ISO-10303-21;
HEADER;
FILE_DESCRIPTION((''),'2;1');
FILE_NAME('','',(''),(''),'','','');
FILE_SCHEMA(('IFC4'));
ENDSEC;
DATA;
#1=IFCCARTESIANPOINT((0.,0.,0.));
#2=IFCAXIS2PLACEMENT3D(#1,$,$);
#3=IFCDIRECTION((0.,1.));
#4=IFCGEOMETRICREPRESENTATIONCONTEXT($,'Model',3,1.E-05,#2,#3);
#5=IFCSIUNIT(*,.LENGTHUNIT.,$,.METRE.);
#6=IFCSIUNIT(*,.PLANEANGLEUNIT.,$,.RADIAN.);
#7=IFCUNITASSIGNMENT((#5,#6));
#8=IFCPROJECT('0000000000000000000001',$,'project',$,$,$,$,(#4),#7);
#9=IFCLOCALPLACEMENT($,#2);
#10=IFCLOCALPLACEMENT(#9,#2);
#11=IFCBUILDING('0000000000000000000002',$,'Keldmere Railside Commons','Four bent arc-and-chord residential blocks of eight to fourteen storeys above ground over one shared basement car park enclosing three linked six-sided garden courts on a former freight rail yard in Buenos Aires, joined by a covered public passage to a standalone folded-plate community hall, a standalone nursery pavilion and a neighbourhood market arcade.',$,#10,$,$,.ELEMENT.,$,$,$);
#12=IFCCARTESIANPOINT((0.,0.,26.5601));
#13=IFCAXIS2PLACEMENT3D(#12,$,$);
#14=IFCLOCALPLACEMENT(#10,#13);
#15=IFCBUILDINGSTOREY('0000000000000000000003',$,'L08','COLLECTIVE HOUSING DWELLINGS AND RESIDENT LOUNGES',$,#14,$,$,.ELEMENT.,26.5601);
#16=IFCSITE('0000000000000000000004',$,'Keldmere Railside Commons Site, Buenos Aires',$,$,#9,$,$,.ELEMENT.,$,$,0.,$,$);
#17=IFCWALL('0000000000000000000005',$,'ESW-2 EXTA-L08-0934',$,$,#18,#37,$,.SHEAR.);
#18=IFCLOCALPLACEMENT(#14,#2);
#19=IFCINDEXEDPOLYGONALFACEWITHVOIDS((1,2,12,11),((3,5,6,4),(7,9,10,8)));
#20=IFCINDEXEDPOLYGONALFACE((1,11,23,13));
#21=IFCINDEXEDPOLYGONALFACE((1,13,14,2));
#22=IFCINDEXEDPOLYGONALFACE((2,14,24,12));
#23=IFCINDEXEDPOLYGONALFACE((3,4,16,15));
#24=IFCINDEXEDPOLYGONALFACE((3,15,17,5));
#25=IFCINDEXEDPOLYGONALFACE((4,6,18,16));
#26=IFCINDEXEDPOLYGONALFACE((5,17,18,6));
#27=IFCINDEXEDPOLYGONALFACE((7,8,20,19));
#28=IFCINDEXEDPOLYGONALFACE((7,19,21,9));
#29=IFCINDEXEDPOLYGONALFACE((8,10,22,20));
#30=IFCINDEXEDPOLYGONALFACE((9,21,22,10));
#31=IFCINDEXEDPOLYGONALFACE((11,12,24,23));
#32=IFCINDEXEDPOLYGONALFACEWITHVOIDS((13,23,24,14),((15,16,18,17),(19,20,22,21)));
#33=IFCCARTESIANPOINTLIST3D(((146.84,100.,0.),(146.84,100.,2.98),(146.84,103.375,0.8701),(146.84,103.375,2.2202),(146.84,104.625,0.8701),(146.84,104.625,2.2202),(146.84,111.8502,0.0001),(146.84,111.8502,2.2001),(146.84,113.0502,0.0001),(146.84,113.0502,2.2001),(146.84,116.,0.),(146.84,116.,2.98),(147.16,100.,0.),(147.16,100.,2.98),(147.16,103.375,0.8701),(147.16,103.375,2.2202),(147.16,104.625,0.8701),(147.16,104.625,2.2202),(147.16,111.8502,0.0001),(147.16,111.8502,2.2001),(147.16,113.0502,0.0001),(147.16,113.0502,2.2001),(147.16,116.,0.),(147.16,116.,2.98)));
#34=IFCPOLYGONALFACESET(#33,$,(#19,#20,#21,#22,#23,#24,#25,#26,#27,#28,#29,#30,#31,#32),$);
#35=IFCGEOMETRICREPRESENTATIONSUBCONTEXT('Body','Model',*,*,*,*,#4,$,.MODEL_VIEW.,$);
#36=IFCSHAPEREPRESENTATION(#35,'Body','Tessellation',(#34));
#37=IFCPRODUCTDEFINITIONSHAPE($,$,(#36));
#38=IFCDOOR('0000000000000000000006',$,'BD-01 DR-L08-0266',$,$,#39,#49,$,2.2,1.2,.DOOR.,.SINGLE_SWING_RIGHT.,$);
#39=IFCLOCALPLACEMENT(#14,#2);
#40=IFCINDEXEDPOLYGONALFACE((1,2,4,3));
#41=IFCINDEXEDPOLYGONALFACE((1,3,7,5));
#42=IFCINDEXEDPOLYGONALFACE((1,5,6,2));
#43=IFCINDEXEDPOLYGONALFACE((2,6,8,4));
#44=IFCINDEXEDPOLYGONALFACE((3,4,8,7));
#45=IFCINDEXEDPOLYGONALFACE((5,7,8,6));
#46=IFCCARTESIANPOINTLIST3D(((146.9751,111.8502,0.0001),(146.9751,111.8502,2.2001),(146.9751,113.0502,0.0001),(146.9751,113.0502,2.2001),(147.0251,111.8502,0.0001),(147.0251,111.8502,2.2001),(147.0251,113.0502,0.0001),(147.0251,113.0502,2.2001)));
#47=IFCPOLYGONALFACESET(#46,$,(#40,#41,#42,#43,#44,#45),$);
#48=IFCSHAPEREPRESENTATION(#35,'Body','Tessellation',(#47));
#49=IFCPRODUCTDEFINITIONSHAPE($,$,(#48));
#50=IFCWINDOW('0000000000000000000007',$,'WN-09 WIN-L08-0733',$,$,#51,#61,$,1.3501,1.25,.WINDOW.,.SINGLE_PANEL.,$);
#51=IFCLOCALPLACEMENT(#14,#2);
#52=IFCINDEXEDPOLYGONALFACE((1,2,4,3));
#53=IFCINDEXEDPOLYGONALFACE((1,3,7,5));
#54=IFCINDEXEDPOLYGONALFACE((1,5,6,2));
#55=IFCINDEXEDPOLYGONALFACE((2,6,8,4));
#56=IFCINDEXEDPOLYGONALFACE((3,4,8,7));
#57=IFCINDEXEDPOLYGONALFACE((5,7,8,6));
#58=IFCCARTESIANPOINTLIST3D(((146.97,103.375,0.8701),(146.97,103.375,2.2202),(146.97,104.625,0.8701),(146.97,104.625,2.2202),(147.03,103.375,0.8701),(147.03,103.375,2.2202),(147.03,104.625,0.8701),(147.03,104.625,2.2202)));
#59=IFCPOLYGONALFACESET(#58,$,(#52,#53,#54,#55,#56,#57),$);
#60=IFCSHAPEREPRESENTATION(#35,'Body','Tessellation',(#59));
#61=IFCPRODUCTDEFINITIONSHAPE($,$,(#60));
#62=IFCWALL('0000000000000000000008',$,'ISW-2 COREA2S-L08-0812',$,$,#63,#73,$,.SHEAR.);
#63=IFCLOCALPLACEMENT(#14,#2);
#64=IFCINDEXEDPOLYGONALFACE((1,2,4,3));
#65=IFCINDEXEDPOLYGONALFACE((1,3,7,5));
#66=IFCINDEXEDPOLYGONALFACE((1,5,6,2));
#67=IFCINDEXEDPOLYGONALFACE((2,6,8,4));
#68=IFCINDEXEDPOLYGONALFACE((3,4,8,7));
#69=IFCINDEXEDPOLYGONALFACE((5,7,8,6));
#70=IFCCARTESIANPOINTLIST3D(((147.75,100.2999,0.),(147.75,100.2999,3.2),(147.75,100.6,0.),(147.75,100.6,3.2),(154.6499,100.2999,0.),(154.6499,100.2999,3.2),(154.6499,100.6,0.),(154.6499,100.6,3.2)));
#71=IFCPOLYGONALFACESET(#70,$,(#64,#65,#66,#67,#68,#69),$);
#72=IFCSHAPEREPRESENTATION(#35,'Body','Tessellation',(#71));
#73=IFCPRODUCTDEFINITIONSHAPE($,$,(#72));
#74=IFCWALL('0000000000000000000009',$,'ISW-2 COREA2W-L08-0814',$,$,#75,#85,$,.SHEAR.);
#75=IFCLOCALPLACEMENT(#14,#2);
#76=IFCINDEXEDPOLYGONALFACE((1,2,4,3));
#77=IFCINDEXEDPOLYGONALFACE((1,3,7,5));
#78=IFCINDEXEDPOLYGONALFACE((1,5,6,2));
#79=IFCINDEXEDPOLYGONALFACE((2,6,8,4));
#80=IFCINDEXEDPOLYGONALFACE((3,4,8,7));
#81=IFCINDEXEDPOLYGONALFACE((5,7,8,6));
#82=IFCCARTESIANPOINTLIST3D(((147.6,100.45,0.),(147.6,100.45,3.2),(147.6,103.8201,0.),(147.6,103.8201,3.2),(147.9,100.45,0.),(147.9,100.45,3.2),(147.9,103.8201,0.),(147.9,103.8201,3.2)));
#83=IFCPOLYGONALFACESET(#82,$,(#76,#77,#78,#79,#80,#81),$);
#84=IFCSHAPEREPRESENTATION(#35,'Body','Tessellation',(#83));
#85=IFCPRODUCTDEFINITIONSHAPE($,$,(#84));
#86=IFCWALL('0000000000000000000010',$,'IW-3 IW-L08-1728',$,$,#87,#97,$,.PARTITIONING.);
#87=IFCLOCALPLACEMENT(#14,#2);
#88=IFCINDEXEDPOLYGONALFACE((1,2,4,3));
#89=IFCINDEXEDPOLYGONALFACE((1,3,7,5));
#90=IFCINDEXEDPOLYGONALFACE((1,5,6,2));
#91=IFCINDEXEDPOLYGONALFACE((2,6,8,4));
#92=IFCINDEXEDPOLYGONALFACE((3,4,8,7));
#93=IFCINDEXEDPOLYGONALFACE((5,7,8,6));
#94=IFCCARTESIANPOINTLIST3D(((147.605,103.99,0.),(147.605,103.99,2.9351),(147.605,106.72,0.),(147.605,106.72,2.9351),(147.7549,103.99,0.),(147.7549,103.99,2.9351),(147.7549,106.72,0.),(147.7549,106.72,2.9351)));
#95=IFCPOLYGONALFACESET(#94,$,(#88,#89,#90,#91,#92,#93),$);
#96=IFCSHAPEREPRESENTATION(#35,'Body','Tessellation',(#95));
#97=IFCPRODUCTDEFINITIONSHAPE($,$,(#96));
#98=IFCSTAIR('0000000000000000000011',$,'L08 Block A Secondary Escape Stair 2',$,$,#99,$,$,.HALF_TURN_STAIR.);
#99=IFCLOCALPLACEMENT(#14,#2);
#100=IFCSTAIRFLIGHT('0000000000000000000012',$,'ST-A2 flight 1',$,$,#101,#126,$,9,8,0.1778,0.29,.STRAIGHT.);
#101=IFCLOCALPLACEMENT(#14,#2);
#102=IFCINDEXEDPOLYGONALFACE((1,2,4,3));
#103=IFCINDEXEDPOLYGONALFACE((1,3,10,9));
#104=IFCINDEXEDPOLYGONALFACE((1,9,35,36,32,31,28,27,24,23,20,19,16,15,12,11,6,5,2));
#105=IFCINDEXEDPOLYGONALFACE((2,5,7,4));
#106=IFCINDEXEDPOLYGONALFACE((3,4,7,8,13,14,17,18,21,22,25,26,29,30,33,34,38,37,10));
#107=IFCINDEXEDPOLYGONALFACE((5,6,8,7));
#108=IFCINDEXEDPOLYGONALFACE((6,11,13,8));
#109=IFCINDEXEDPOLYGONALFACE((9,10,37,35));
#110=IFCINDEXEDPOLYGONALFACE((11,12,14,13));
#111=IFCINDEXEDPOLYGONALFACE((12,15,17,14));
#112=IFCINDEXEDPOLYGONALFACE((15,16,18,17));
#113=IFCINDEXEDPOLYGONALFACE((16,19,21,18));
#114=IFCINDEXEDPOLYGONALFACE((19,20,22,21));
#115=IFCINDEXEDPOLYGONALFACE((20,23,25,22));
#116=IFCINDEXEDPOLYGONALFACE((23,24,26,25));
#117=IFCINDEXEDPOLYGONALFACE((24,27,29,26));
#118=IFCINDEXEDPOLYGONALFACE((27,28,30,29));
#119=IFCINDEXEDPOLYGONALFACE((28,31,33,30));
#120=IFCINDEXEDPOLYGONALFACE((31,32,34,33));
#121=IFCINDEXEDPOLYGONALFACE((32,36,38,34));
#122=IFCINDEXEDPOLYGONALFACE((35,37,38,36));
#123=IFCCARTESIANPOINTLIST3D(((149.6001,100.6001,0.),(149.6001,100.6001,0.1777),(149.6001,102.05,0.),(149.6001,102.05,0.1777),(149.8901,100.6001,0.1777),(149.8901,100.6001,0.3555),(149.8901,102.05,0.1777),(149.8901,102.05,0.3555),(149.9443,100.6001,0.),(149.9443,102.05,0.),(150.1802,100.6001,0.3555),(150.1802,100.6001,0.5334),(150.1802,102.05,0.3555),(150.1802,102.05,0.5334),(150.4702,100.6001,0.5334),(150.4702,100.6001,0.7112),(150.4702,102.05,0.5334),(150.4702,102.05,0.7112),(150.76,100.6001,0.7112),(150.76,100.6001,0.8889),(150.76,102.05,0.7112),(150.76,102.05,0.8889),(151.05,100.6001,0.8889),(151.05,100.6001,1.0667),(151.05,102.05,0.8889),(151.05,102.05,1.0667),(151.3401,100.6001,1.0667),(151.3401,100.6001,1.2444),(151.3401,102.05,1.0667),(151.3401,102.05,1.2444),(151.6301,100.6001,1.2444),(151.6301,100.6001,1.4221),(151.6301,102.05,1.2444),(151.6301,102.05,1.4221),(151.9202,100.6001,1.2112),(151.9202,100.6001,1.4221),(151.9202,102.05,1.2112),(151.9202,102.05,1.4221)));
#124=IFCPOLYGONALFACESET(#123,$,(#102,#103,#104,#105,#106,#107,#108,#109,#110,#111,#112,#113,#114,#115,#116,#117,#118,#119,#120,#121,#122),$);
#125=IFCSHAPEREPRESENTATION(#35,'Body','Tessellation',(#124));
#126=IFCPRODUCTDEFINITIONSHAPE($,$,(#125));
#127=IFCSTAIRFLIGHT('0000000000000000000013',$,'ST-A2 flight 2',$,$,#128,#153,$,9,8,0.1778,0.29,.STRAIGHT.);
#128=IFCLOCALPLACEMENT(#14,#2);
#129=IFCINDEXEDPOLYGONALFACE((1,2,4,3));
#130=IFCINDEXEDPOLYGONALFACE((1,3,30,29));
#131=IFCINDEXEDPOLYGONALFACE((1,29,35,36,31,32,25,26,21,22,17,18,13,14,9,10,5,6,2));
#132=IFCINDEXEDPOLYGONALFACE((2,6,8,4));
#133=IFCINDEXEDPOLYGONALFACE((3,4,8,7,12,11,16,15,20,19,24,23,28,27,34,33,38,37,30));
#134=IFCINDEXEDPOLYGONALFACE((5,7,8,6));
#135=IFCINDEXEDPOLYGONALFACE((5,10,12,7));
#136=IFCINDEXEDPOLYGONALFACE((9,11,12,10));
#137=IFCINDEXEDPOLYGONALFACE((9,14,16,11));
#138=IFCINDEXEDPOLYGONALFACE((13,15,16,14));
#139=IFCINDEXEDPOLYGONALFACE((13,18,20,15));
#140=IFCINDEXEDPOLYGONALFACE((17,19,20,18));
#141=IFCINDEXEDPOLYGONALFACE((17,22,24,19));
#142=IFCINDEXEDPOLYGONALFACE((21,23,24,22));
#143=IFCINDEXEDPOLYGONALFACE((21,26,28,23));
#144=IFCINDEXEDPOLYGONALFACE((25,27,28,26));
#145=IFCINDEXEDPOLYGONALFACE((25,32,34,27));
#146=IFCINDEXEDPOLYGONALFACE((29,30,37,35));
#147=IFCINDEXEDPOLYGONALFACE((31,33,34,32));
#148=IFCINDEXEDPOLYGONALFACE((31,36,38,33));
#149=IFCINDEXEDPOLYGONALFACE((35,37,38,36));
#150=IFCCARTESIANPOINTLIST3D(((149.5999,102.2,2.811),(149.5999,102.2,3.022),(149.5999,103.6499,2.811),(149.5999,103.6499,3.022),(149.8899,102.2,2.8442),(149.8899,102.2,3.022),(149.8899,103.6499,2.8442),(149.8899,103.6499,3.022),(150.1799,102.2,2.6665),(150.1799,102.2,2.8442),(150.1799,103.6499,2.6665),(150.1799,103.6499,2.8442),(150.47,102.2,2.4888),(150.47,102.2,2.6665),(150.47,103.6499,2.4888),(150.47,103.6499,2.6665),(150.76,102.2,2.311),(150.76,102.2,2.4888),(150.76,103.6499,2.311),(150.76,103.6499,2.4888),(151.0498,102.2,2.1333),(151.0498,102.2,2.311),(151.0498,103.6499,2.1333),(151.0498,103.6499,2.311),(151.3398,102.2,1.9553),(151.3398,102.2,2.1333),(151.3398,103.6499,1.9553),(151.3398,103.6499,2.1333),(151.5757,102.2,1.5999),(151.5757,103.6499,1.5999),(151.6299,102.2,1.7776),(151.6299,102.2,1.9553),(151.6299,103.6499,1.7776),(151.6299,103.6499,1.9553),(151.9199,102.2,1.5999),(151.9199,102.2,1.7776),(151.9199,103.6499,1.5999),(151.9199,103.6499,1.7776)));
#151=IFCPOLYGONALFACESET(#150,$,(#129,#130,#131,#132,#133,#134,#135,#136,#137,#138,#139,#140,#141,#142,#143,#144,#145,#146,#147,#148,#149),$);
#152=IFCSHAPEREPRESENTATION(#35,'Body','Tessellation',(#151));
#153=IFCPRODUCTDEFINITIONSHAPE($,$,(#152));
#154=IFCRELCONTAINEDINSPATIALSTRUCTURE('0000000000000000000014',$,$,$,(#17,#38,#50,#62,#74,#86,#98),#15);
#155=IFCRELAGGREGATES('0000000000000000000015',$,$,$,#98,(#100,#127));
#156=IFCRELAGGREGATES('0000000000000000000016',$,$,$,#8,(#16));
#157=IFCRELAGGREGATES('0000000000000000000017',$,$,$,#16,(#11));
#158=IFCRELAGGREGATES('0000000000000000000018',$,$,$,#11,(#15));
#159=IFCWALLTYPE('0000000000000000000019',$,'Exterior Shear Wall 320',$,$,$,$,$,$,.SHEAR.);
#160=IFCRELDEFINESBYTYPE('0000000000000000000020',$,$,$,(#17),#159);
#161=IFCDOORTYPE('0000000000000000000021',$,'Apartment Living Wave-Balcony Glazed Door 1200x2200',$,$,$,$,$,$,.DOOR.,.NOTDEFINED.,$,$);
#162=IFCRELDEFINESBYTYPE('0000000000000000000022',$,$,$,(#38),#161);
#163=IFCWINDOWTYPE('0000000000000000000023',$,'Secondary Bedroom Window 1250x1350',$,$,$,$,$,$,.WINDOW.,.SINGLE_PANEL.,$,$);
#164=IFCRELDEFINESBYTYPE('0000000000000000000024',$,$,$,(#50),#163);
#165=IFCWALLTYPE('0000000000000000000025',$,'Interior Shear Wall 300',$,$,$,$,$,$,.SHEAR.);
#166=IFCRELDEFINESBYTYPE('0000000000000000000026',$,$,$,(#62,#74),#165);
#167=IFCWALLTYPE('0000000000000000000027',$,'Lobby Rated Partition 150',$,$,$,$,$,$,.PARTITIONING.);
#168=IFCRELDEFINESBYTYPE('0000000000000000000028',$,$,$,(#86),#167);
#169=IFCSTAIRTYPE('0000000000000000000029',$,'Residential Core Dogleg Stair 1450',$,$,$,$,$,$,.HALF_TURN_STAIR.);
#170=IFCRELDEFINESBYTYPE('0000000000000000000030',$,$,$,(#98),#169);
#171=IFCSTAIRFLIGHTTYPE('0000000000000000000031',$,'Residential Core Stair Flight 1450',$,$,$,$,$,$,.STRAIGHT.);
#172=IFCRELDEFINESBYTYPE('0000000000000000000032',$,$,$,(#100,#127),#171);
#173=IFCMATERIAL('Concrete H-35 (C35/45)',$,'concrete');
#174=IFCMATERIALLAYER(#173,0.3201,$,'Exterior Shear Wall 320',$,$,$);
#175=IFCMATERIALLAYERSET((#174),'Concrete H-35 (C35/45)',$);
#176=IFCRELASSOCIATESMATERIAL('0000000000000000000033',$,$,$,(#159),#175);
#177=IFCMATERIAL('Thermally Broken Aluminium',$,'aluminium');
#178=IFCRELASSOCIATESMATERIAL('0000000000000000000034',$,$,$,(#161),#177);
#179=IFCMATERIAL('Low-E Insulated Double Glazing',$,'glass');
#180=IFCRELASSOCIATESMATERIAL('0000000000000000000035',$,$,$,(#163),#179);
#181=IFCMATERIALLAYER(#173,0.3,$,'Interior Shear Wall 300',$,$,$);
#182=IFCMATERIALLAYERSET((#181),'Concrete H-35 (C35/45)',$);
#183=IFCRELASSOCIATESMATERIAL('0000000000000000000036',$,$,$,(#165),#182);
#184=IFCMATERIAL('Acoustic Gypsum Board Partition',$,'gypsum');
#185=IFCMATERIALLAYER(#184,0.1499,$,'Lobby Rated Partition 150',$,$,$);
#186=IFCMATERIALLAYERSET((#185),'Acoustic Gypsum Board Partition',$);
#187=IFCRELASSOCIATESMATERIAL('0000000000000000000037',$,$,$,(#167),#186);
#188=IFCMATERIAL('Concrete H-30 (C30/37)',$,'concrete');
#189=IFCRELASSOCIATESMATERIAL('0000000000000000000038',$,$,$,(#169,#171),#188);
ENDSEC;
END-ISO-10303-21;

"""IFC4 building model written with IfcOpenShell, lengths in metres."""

from ifc_helpers import new_model, si_unit, direction, frame, frame_2d, origin, place, context, subcontext, project, spatial, polyline, rectangle, outline, extrude, material, layer, layer_set, type_object, element, fill, aggregate, save


model = new_model("IFC4")

# Units and contexts
model_context = context("Model", 3, precision=1e-05, world=origin(), true_north=direction((0.0, 1.0)))
body_context = subcontext(model_context, "Body", "Model", "MODEL_VIEW")
ifc_project = project(units=[si_unit("LENGTHUNIT", "METRE"), si_unit("PLANEANGLEUNIT", "RADIAN")], contexts=[model_context])

# Site, building, storey
site_placement = place(None, origin())
site = spatial("IfcSite", under=ifc_project, at=site_placement, Name="Keldmere Railside Commons Site, Buenos Aires", CompositionType="ELEMENT", RefElevation=0.0)
building_placement = place(site_placement, origin())
building = spatial("IfcBuilding", under=site, at=building_placement, Name="Keldmere Railside Commons", Description="Four bent arc-and-chord residential blocks of eight to fourteen storeys above ground over one shared basement car park enclosing three linked six-sided garden courts on a former freight rail yard in Buenos Aires, joined by a covered public passage to a standalone folded-plate community hall, a standalone nursery pavilion and a neighbourhood market arcade.", CompositionType="ELEMENT")
storey_placement = place(building_placement, frame((0.0, 0.0, 26.5601)))
storey = spatial("IfcBuildingStorey", under=building, at=storey_placement, Name="L08", Description="COLLECTIVE HOUSING DWELLINGS AND RESIDENT LOUNGES", CompositionType="ELEMENT", Elevation=26.5601)

# Wall, openings, door, window
ifc_material_1 = material(Name="Concrete H-35 (C35/45)", Category="concrete")
ifc_layer_1 = layer(ifc_material_1, 0.3201, Name="Exterior Shear Wall 320")
ifc_layer_set_1 = layer_set([ifc_layer_1], Name="Concrete H-35 (C35/45)")
wall_type_1 = type_object("IfcWallType", Name="Exterior Shear Wall 320", PredefinedType="SHEAR", material=ifc_layer_set_1)
wall_1_placement = place(storey_placement, frame((147.0, 100.0, 0.0), z_axis=(0.0, 0.0, 1.0), x_axis=(0.0, 1.0, 0.0)))
wall_1 = element("IfcWall", 1, at=wall_1_placement, inside=storey, type_object=wall_type_1, Name="ESW-2 EXTA-L08-0934", PredefinedType="SHEAR", context=body_context, shape_type="SweptSolid", body=[
    extrude(rectangle(XDim=16.0, YDim=0.3201, at=frame_2d((8.0, 0.0))), origin(), (0.0, 0.0, 1.0), 2.98),
])
opening_1_placement = place(wall_1_placement, frame((3.375, 0.0, 0.8701)))
opening_1 = element("IfcOpeningElement", 2, at=opening_1_placement, cuts=wall_1, PredefinedType="OPENING", context=body_context, shape_type="SweptSolid", body=[
    extrude(rectangle(XDim=1.25, YDim=1.3501, at=frame_2d((0.625, 0.675))), frame((0.0, 0.1699, 0.0), z_axis=(0.0, -1.0, 0.0), x_axis=(1.0, 0.0, 0.0)), (0.0, 0.0, 1.0), 0.3401),
])
opening_2_placement = place(wall_1_placement, frame((11.8501, 0.0, 0.0)))
opening_2 = element("IfcOpeningElement", 3, at=opening_2_placement, cuts=wall_1, PredefinedType="OPENING", context=body_context, shape_type="SweptSolid", body=[
    extrude(rectangle(XDim=1.2, YDim=2.2, at=frame_2d((0.6001, 1.1001))), frame((0.0, 0.1699, 0.0), z_axis=(0.0, -1.0, 0.0), x_axis=(1.0, 0.0, 0.0)), (0.0, 0.0, 1.0), 0.3401),
])
ifc_material_2 = material(Name="Thermally Broken Aluminium", Category="aluminium")
door_type = type_object("IfcDoorType", Name="Apartment Living Wave-Balcony Glazed Door 1200x2200", OperationType="NOTDEFINED", PredefinedType="DOOR", material=ifc_material_2)
door_placement = place(opening_2_placement, origin())
door = element("IfcDoor", 4, at=door_placement, inside=storey, type_object=door_type, Name="BD-01 DR-L08-0266", OperationType="SINGLE_SWING_RIGHT", OverallHeight=2.2, OverallWidth=1.2, PredefinedType="DOOR", context=body_context, shape_type="SweptSolid", body=[
    extrude(rectangle(XDim=1.2, YDim=2.2, at=frame_2d((0.6001, 1.1001))), frame((0.0, 0.0249, 0.0), z_axis=(0.0, -1.0, 0.0), x_axis=(1.0, 0.0, 0.0)), (0.0, 0.0, 1.0), 0.05),
])
fill(opening_2, door)
ifc_material_3 = material(Name="Low-E Insulated Double Glazing", Category="glass")
window_type = type_object("IfcWindowType", Name="Secondary Bedroom Window 1250x1350", PartitioningType="SINGLE_PANEL", PredefinedType="WINDOW", material=ifc_material_3)
window_placement = place(opening_1_placement, origin())
window = element("IfcWindow", 5, at=window_placement, inside=storey, type_object=window_type, Name="WN-09 WIN-L08-0733", OverallHeight=1.3501, OverallWidth=1.25, PartitioningType="SINGLE_PANEL", PredefinedType="WINDOW", context=body_context, shape_type="SweptSolid", body=[
    extrude(rectangle(XDim=1.25, YDim=1.3501, at=frame_2d((0.625, 0.675))), frame((0.0, 0.03, 0.0), z_axis=(0.0, -1.0, 0.0), x_axis=(1.0, 0.0, 0.0)), (0.0, 0.0, 1.0), 0.0601),
])
fill(opening_1, window)

# Walls
ifc_layer_2 = layer(ifc_material_1, 0.3, Name="Interior Shear Wall 300")
ifc_layer_set_2 = layer_set([ifc_layer_2], Name="Concrete H-35 (C35/45)")
wall_type_2 = type_object("IfcWallType", Name="Interior Shear Wall 300", PredefinedType="SHEAR", material=ifc_layer_set_2)
wall_2_placement = place(storey_placement, frame((147.75, 100.45, 0.0), z_axis=(0.0, 0.0, 1.0), x_axis=(1.0, 0.0, 0.0)))
element("IfcWall", 6, at=wall_2_placement, inside=storey, type_object=wall_type_2, Name="ISW-2 COREA2S-L08-0812", PredefinedType="SHEAR", context=body_context, shape_type="SweptSolid", body=[
    extrude(rectangle(XDim=6.8999, YDim=0.3, at=frame_2d((3.45, 0.0))), origin(), (0.0, 0.0, 1.0), 3.2),
])
wall_3_placement = place(storey_placement, frame((147.75, 103.8201, 0.0), z_axis=(0.0, 0.0, 1.0), x_axis=(0.0, -1.0, 0.0)))
element("IfcWall", 7, at=wall_3_placement, inside=storey, type_object=wall_type_2, Name="ISW-2 COREA2W-L08-0814", PredefinedType="SHEAR", context=body_context, shape_type="SweptSolid", body=[
    extrude(rectangle(XDim=3.3701, YDim=0.3, at=frame_2d((1.6851, 0.0))), origin(), (0.0, 0.0, 1.0), 3.2),
])
ifc_material_4 = material(Name="Acoustic Gypsum Board Partition", Category="gypsum")
ifc_layer_3 = layer(ifc_material_4, 0.1499, Name="Lobby Rated Partition 150")
ifc_layer_set_3 = layer_set([ifc_layer_3], Name="Acoustic Gypsum Board Partition")
wall_type_3 = type_object("IfcWallType", Name="Lobby Rated Partition 150", PredefinedType="PARTITIONING", material=ifc_layer_set_3)
wall_4_placement = place(storey_placement, frame((147.6799, 103.99, 0.0), z_axis=(0.0, 0.0, 1.0), x_axis=(0.0, 1.0, 0.0)))
element("IfcWall", 8, at=wall_4_placement, inside=storey, type_object=wall_type_3, Name="IW-3 IW-L08-1728", PredefinedType="PARTITIONING", context=body_context, shape_type="SweptSolid", body=[
    extrude(rectangle(XDim=2.73, YDim=0.1499, at=frame_2d((1.365, 0.0))), origin(), (0.0, 0.0, 1.0), 2.9351),
])

# Stair, stair flights
ifc_material_5 = material(Name="Concrete H-30 (C30/37)", Category="concrete")
stair_type = type_object("IfcStairType", Name="Residential Core Dogleg Stair 1450", PredefinedType="HALF_TURN_STAIR", material=ifc_material_5)
stair_placement = place(storey_placement, origin())
stair = element("IfcStair", 9, at=stair_placement, inside=storey, type_object=stair_type, Name="L08 Block A Secondary Escape Stair 2", PredefinedType="HALF_TURN_STAIR")
stair_flight_type = type_object("IfcStairFlightType", Name="Residential Core Stair Flight 1450", PredefinedType="STRAIGHT", material=ifc_material_5)
stair_flight_1_placement = place(storey_placement, frame((149.6001, 101.325, 0.0), z_axis=(0.0, 0.0, 1.0), x_axis=(1.0, 0.0, 0.0)))
stair_flight_1 = element("IfcStairFlight", 10, at=stair_flight_1_placement, type_object=stair_flight_type, Name="ST-A2 flight 1", NumberOfRisers=9, NumberOfTreads=8, PredefinedType="STRAIGHT", RiserHeight=0.1778, TreadLength=0.29, context=body_context, shape_type="SweptSolid", body=[
    extrude(outline(polyline([(0.0, 0.0), (0.0, 0.1777), (0.29, 0.1777), (0.29, 0.3555), (0.5801, 0.3555), (0.5801, 0.5334), (0.8701, 0.5334), (0.8701, 0.7112), (1.1599, 0.7112), (1.1599, 0.8889), (1.45, 0.8889), (1.45, 1.0667), (1.74, 1.0667), (1.74, 1.2444), (2.03, 1.2444), (2.03, 1.4221), (2.3201, 1.4221), (2.3201, 1.6001), (2.3201, 1.2112), (0.3442, 0.0), (0.0, 0.0)])), frame((0.0, 0.7251, 0.0), z_axis=(0.0, -1.0, 0.0), x_axis=(1.0, 0.0, 0.0)), (0.0, 0.0, 1.0), 1.45),
])
stair_flight_2_placement = place(storey_placement, frame((151.9199, 102.925, 1.5999), z_axis=(0.0, 0.0, 1.0), x_axis=(-1.0, 0.0, 0.0)))
stair_flight_2 = element("IfcStairFlight", 11, at=stair_flight_2_placement, type_object=stair_flight_type, Name="ST-A2 flight 2", NumberOfRisers=9, NumberOfTreads=8, PredefinedType="STRAIGHT", RiserHeight=0.1778, TreadLength=0.29, context=body_context, shape_type="SweptSolid", body=[
    extrude(outline(polyline([(0.0, 0.0), (0.0, 0.1777), (0.29, 0.1777), (0.29, 0.3555), (0.5801, 0.3555), (0.5801, 0.5334), (0.8701, 0.5334), (0.8701, 0.7112), (1.1599, 0.7112), (1.1599, 0.8889), (1.45, 0.8889), (1.45, 1.0667), (1.74, 1.0667), (1.74, 1.2444), (2.03, 1.2444), (2.03, 1.4221), (2.3201, 1.4221), (2.3201, 1.6001), (2.3201, 1.2112), (0.3442, 0.0), (0.0, 0.0)])), frame((0.0, 0.7251, 0.0), z_axis=(0.0, -1.0, 0.0), x_axis=(1.0, 0.0, 0.0)), (0.0, 0.0, 1.0), 1.45),
])
aggregate(stair, [stair_flight_1, stair_flight_2])

save(model, "model.ifc")
